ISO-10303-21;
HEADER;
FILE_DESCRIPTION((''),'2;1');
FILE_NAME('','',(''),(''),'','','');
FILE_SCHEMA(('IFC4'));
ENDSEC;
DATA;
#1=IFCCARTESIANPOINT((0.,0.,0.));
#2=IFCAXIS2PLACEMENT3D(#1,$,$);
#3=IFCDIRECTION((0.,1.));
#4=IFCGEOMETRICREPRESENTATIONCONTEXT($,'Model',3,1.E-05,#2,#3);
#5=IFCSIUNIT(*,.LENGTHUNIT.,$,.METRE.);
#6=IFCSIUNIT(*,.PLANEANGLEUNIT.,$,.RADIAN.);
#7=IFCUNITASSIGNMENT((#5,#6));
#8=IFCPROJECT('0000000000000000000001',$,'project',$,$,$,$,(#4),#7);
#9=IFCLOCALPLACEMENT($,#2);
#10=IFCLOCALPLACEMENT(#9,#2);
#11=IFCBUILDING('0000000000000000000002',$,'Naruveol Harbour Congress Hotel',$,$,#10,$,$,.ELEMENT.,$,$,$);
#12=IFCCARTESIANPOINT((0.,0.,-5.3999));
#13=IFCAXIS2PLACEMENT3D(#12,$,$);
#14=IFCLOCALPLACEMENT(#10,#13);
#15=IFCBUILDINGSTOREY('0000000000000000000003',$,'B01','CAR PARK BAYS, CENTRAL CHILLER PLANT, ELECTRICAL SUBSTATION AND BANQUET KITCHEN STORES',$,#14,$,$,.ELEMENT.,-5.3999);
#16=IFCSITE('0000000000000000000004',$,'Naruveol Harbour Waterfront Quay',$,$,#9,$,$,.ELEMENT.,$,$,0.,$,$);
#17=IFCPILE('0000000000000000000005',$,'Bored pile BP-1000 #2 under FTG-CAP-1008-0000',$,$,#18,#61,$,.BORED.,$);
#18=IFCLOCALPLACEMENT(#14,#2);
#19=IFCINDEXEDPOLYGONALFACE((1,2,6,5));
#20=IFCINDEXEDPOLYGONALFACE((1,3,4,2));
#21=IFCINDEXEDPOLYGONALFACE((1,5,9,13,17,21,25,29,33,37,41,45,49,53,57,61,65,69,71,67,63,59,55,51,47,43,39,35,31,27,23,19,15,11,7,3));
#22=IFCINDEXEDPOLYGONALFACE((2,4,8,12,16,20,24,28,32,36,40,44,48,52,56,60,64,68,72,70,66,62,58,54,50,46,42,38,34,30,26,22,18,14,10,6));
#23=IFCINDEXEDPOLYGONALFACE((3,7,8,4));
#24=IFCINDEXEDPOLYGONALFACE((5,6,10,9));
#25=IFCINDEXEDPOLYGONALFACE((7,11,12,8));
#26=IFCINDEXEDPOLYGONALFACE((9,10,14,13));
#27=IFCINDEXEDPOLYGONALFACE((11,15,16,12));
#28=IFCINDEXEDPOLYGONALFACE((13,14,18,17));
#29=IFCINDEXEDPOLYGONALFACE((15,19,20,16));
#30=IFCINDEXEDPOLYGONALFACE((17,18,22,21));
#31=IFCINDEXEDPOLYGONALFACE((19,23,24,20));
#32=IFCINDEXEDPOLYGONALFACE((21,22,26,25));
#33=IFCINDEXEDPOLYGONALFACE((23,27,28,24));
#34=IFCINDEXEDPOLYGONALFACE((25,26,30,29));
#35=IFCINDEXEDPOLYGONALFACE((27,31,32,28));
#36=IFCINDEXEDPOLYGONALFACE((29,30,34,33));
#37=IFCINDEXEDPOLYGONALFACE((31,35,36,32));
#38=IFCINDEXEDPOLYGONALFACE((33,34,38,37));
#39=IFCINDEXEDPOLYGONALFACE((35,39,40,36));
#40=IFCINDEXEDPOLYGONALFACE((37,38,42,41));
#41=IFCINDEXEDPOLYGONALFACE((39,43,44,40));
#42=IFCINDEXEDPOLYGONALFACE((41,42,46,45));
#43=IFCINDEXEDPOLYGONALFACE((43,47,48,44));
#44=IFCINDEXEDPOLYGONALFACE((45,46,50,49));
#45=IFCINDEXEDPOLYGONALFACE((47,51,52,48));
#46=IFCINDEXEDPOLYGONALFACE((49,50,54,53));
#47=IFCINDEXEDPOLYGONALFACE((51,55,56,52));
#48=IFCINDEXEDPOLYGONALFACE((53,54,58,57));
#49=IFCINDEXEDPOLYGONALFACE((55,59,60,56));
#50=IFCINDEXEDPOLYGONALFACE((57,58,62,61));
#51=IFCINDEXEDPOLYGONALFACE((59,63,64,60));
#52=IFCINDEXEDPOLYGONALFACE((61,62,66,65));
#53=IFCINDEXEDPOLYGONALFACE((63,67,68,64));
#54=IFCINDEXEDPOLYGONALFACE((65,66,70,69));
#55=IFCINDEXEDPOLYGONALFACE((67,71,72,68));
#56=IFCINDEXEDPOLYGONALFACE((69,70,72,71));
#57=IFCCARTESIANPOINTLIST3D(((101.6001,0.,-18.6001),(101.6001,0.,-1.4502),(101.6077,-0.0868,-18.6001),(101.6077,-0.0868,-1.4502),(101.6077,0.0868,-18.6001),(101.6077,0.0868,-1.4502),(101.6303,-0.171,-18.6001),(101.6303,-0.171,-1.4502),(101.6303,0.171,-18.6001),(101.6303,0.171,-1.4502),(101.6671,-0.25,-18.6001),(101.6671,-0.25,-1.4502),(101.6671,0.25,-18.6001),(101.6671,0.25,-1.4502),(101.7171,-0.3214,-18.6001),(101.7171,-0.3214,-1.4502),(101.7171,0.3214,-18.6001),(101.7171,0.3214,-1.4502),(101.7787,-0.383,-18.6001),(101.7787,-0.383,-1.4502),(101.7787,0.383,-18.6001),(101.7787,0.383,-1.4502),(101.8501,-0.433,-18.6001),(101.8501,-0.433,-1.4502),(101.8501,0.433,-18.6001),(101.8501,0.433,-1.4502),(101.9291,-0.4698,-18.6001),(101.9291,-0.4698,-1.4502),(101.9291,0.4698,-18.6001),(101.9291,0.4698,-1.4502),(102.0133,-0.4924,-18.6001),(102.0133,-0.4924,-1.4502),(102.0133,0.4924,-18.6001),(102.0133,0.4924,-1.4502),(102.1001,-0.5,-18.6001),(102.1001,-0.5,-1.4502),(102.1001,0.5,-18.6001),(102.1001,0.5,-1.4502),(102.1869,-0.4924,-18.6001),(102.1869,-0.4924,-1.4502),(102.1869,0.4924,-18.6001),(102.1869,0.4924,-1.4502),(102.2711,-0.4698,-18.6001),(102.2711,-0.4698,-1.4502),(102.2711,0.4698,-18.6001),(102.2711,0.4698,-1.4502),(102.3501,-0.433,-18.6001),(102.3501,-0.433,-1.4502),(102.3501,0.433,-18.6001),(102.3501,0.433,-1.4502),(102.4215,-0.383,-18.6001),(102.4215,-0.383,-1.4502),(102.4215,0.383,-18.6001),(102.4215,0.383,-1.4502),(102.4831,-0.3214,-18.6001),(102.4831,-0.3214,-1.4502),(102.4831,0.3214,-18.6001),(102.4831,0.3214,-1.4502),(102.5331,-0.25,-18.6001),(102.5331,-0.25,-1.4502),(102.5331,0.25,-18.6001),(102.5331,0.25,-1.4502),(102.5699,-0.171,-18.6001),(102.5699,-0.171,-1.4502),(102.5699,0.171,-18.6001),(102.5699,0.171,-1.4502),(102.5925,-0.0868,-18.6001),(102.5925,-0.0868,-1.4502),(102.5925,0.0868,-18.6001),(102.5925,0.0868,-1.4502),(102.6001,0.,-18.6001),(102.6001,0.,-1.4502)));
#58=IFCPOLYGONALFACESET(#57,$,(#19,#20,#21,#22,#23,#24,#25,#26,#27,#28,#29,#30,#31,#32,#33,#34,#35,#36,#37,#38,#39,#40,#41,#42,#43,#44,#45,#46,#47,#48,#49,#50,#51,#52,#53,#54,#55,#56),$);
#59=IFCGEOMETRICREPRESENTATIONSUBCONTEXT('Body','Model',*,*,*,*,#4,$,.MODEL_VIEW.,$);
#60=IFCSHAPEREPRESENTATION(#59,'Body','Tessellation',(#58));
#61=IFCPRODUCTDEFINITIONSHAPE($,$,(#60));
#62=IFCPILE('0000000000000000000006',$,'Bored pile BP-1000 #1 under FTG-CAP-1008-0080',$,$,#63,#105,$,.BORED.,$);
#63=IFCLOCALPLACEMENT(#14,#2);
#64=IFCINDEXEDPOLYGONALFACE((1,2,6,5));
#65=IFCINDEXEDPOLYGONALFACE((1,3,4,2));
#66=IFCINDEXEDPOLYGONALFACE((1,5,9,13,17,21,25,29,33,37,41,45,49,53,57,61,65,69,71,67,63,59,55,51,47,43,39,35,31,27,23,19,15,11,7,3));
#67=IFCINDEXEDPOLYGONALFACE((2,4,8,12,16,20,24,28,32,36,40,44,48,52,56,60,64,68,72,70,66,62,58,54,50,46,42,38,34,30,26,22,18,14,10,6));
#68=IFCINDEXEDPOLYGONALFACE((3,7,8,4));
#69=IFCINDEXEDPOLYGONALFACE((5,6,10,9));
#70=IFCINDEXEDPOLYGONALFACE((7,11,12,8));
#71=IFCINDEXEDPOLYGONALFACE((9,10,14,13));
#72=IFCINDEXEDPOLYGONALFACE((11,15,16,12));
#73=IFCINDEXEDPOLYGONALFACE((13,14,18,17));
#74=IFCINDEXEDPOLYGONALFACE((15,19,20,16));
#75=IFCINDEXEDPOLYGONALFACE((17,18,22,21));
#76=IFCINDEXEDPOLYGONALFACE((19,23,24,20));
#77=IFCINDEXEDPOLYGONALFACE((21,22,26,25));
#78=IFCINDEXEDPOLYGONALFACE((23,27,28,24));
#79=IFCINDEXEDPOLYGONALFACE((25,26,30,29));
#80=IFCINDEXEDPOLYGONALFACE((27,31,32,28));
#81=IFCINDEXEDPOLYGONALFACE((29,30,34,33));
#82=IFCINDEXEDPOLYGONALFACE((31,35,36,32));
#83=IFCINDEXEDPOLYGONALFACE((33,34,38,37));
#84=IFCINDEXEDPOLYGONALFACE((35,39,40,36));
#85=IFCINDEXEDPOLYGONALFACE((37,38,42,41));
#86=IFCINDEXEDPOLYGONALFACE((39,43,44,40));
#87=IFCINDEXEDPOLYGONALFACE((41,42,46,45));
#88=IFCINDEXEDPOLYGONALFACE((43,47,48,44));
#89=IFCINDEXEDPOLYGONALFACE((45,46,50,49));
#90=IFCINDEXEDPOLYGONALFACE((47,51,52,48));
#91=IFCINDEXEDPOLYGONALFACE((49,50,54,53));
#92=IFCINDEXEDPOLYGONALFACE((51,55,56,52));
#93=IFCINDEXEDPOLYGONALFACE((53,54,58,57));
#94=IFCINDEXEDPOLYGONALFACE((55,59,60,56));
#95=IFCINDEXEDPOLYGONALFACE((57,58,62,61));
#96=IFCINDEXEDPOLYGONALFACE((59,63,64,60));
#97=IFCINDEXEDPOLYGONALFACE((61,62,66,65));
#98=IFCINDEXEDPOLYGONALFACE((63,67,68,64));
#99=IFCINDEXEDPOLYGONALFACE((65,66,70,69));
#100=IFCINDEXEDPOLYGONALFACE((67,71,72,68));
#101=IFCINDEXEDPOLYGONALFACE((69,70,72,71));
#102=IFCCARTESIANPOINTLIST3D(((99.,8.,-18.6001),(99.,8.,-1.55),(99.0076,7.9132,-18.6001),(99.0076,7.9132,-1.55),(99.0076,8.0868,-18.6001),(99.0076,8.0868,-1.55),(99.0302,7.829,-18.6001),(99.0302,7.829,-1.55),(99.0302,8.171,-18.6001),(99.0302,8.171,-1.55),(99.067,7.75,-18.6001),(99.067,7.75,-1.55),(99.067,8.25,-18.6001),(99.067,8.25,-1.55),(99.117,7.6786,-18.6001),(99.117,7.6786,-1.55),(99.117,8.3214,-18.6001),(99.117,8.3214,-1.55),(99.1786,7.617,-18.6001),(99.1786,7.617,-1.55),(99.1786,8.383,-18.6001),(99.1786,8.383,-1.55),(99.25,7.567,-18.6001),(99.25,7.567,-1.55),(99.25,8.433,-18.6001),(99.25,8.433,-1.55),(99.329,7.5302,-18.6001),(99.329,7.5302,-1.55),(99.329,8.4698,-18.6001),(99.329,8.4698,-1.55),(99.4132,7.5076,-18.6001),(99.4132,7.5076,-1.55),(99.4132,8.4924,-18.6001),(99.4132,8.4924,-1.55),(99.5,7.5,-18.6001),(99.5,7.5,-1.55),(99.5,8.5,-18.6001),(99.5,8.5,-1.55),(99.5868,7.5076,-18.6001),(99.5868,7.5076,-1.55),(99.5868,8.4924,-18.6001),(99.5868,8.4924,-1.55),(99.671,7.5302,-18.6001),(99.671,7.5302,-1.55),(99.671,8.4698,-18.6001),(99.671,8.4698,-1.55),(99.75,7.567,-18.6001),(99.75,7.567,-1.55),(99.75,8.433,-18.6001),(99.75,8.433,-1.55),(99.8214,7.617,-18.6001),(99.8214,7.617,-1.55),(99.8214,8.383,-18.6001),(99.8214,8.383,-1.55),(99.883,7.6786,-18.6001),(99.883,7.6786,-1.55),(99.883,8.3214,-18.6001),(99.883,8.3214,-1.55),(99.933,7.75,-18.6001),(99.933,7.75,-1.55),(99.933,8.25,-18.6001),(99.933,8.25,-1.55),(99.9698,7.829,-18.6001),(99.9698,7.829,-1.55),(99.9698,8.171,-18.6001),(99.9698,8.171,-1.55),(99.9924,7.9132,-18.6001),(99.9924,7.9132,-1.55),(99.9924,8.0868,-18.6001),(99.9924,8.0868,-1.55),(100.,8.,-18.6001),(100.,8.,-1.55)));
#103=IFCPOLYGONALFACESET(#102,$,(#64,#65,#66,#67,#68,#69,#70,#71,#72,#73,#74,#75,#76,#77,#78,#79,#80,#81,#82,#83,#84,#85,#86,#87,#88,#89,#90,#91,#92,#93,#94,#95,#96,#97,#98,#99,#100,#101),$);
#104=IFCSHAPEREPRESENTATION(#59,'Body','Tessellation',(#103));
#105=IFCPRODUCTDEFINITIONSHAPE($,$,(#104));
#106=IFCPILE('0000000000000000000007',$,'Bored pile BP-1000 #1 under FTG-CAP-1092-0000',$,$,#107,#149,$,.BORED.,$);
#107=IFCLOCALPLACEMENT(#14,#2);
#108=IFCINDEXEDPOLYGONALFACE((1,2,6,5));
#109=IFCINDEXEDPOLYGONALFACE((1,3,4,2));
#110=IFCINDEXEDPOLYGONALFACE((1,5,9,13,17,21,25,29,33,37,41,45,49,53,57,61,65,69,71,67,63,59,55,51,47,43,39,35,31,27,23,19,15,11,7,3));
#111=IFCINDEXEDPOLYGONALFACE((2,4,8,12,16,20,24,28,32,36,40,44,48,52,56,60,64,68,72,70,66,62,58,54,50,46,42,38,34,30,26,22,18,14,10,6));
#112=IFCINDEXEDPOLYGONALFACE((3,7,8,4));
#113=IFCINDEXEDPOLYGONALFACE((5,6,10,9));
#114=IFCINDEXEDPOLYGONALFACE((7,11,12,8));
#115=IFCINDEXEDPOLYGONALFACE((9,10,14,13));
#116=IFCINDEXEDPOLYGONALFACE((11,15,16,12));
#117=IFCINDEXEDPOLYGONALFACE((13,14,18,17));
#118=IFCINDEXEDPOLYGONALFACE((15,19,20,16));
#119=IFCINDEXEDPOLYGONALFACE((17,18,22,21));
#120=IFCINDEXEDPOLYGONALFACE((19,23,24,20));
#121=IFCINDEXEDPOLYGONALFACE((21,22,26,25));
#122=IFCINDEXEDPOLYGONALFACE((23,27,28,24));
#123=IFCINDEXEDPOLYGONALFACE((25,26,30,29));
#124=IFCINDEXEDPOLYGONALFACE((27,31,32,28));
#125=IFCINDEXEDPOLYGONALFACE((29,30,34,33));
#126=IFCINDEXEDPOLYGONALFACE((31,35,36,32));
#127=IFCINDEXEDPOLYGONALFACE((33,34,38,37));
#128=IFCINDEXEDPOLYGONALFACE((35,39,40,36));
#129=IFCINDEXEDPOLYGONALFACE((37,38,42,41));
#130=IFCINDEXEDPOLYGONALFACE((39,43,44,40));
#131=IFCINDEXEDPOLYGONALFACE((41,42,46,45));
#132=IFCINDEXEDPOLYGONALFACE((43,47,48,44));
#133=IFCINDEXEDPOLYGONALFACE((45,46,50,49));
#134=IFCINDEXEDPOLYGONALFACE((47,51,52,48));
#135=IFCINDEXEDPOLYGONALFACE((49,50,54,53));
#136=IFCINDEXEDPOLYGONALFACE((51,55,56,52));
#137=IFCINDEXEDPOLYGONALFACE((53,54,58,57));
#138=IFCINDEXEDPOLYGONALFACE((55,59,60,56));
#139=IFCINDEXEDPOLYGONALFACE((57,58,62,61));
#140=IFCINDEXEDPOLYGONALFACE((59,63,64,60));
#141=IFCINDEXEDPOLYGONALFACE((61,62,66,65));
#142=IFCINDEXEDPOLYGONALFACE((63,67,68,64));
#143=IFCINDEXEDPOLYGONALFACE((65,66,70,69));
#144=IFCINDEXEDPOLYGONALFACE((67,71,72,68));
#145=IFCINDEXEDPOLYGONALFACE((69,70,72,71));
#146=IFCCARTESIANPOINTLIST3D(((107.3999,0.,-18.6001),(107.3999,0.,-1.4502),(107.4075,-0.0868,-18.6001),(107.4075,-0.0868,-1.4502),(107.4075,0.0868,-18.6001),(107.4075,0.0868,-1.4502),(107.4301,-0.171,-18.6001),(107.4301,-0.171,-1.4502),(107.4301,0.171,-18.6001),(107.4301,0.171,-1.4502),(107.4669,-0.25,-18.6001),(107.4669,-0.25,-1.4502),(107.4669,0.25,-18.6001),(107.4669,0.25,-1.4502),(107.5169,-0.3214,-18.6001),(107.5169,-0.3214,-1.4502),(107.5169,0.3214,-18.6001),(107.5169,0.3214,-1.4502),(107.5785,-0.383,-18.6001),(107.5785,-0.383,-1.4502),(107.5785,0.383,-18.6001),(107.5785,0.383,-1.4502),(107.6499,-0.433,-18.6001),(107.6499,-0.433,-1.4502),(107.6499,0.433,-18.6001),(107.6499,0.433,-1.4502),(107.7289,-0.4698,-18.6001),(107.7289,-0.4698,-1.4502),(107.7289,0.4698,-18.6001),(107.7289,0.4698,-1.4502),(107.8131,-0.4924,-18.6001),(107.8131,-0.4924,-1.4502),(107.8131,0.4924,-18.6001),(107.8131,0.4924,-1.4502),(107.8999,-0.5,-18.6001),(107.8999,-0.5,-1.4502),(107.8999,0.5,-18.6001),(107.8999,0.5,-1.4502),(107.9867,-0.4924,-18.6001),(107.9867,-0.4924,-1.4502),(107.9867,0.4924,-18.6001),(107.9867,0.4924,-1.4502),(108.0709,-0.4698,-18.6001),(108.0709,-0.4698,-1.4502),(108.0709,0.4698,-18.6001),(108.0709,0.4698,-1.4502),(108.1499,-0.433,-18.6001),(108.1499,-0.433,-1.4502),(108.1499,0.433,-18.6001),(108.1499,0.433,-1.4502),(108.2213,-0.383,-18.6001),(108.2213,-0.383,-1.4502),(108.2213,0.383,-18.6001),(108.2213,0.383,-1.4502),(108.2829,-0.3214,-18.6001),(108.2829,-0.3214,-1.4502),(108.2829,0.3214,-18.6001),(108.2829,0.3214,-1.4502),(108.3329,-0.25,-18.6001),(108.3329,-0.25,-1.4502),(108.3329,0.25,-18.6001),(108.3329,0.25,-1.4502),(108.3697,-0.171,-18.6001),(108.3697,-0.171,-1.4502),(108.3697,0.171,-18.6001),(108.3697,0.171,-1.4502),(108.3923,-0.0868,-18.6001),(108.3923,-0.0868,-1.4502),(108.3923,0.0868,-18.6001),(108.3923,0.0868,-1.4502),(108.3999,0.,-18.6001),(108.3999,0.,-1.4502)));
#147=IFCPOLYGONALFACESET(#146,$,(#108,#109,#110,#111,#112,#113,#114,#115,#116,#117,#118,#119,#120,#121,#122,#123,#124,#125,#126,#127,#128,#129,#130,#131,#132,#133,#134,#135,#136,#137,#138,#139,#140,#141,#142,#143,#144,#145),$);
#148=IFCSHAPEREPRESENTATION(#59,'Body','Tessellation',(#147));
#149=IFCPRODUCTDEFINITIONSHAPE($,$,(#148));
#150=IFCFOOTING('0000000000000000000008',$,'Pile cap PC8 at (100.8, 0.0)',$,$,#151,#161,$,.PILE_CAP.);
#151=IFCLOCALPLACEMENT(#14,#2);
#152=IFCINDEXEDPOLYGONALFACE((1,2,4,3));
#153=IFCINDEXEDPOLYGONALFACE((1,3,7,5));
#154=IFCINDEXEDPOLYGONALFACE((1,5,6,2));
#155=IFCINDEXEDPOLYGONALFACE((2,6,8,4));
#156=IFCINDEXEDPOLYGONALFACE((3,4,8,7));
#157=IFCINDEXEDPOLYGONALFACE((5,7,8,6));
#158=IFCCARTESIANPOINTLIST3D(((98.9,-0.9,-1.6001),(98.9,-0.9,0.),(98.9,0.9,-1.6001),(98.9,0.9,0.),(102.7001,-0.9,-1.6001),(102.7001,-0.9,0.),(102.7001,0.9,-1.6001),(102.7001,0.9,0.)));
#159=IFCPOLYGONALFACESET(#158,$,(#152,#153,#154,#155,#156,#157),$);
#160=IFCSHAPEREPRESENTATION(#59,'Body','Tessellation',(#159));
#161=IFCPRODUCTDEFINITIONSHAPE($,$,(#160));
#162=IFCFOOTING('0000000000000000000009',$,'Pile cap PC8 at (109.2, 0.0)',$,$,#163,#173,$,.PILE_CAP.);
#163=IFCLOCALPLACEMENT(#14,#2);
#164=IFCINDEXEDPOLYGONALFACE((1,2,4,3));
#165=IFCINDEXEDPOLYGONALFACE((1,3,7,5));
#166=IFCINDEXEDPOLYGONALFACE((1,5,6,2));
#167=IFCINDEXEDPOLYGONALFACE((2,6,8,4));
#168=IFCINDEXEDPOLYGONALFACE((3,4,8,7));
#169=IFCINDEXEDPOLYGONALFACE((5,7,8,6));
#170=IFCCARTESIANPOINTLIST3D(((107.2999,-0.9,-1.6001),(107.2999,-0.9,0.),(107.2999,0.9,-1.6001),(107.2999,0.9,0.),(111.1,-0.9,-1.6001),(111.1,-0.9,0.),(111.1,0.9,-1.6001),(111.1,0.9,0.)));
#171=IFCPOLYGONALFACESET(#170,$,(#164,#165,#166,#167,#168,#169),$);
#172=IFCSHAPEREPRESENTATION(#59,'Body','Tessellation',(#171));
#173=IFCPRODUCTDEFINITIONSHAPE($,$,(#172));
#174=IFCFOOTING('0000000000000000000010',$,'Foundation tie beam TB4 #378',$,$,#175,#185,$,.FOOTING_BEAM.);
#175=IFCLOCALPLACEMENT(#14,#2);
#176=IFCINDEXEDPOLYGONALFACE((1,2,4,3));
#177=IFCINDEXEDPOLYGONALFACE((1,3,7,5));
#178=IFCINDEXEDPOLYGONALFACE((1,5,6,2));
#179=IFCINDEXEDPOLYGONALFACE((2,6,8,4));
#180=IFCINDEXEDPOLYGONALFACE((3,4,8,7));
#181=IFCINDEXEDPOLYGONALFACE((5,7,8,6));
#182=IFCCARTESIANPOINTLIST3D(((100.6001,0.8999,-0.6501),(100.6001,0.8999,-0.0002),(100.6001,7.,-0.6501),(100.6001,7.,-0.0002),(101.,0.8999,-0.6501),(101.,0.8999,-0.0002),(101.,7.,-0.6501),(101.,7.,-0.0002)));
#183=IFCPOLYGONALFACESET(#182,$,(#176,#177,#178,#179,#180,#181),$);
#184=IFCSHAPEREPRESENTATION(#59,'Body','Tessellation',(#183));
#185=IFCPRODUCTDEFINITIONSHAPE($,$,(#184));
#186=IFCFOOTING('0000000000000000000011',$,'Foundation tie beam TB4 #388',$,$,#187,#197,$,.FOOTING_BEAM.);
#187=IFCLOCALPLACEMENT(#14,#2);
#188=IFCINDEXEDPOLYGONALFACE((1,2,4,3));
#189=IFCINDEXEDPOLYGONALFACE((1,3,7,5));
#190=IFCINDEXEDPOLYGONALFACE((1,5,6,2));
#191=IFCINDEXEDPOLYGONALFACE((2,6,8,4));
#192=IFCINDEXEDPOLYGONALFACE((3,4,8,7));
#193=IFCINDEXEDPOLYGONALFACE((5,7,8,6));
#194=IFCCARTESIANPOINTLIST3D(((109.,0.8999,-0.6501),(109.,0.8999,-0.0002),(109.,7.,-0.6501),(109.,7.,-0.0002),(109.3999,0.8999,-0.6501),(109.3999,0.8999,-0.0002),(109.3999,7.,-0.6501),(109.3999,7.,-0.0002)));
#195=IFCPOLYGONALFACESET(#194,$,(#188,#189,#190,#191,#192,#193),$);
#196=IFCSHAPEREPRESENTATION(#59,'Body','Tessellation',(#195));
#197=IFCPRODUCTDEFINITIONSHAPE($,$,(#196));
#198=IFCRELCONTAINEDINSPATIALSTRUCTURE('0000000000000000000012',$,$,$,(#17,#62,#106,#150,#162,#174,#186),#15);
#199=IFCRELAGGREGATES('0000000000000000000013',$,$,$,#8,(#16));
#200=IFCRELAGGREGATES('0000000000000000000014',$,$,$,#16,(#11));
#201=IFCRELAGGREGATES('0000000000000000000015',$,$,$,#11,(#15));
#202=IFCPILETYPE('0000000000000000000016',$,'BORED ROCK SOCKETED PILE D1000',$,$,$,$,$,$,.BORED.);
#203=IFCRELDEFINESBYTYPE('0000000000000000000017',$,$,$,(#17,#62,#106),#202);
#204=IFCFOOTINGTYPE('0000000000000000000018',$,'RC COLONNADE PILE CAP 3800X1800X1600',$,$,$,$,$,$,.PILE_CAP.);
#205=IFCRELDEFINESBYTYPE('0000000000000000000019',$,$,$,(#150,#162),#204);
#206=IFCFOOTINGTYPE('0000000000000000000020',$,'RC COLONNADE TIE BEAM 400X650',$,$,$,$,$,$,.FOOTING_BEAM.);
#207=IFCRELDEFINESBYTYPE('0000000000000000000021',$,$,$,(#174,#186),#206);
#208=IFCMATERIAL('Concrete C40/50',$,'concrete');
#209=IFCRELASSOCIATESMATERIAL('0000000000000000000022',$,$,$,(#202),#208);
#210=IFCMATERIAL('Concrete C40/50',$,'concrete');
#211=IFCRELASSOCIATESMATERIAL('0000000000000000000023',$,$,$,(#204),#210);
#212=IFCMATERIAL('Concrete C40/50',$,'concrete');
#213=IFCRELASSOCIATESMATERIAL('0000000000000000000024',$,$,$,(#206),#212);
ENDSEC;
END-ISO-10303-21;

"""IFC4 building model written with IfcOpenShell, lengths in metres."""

from ifc_helpers import new_model, si_unit, direction, frame, origin, origin_2d, place, context, subcontext, project, spatial, rectangle, circle, extrude, material, material_profile, profile_set, type_object, element, save


model = new_model("IFC4")

# Units and contexts
model_context = context("Model", 3, precision=1e-05, world=origin(), true_north=direction((0.0, 1.0)))
body_context = subcontext(model_context, "Body", "Model", "MODEL_VIEW")
ifc_project = project(units=[si_unit("LENGTHUNIT", "METRE"), si_unit("PLANEANGLEUNIT", "RADIAN")], contexts=[model_context])

# Site, building, storey
site_placement = place(None, origin())
site = spatial("IfcSite", under=ifc_project, at=site_placement, Name="Naruveol Harbour Waterfront Quay", CompositionType="ELEMENT", RefElevation=0.0)
building_placement = place(site_placement, origin())
building = spatial("IfcBuilding", under=site, at=building_placement, Name="Naruveol Harbour Congress Hotel", CompositionType="ELEMENT")
storey_placement = place(building_placement, frame((0.0, 0.0, -5.3999)))
storey = spatial("IfcBuildingStorey", under=building, at=storey_placement, Name="B01", Description="CAR PARK BAYS, CENTRAL CHILLER PLANT, ELECTRICAL SUBSTATION AND BANQUET KITCHEN STORES", CompositionType="ELEMENT", Elevation=-5.3999)

# Piles
ifc_material_1 = material(Name="Concrete C40/50", Category="concrete")
ifc_material_profile_1 = material_profile(ifc_material_1, circle(Radius=0.5, at=origin_2d()), Name="BP-1000")
ifc_profile_set_1 = profile_set([ifc_material_profile_1], Name="Concrete C40/50")
pile_type = type_object("IfcPileType", Name="BORED ROCK SOCKETED PILE D1000", PredefinedType="BORED", material=ifc_profile_set_1)
pile_1_placement = place(storey_placement, frame((102.1001, 0.0, -1.4502), z_axis=(0.0, 0.0, -1.0), x_axis=(1.0, 0.0, 0.0)))
element("IfcPile", 1, at=pile_1_placement, inside=storey, type_object=pile_type, Name="Bored pile BP-1000 #2 under FTG-CAP-1008-0000", PredefinedType="BORED", context=body_context, shape_type="SweptSolid", body=[
    extrude(circle(Radius=0.5, at=origin_2d()), origin(), (0.0, 0.0, 1.0), 17.1499),
])
pile_2_placement = place(storey_placement, frame((99.5, 8.0, -1.55), z_axis=(0.0, 0.0, -1.0), x_axis=(1.0, 0.0, 0.0)))
element("IfcPile", 2, at=pile_2_placement, inside=storey, type_object=pile_type, Name="Bored pile BP-1000 #1 under FTG-CAP-1008-0080", PredefinedType="BORED", context=body_context, shape_type="SweptSolid", body=[
    extrude(circle(Radius=0.5, at=origin_2d()), origin(), (0.0, 0.0, 1.0), 17.05),
])
pile_3_placement = place(storey_placement, frame((107.8999, 0.0, -1.4502), z_axis=(0.0, 0.0, -1.0), x_axis=(1.0, 0.0, 0.0)))
element("IfcPile", 3, at=pile_3_placement, inside=storey, type_object=pile_type, Name="Bored pile BP-1000 #1 under FTG-CAP-1092-0000", PredefinedType="BORED", context=body_context, shape_type="SweptSolid", body=[
    extrude(circle(Radius=0.5, at=origin_2d()), origin(), (0.0, 0.0, 1.0), 17.1499),
])

# Footings
ifc_material_2 = material(Name="Concrete C40/50", Category="concrete")
footing_type_1 = type_object("IfcFootingType", Name="RC COLONNADE PILE CAP 3800X1800X1600", PredefinedType="PILE_CAP", material=ifc_material_2)
for number, where, z_axis, x_axis, name in (
    (4, (100.8, 0.0, -1.6001), (0.0, 0.0, 1.0), (1.0, 0.0, 0.0), "Pile cap PC8 at (100.8, 0.0)"),
    (5, (109.2, 0.0, -1.6001), (0.0, 0.0, 1.0), (1.0, 0.0, 0.0), "Pile cap PC8 at (109.2, 0.0)"),
):
    element("IfcFooting", number, at=place(storey_placement, frame(where, z_axis=z_axis, x_axis=x_axis)), inside=storey, type_object=footing_type_1, Name=name, PredefinedType="PILE_CAP", context=body_context, shape_type="SweptSolid", body=[
        extrude(rectangle(XDim=3.8, YDim=1.8, at=origin_2d()), origin(), (0.0, 0.0, 1.0), 1.6001),
    ])
ifc_material_3 = material(Name="Concrete C40/50", Category="concrete")
ifc_material_profile_2 = material_profile(ifc_material_3, rectangle(XDim=0.3999, YDim=0.6499, at=origin_2d()), Name="RCB-400x650")
ifc_profile_set_2 = profile_set([ifc_material_profile_2], Name="Concrete C40/50")
footing_type_2 = type_object("IfcFootingType", Name="RC COLONNADE TIE BEAM 400X650", PredefinedType="FOOTING_BEAM", material=ifc_profile_set_2)
for number, where, z_axis, x_axis, name in (
    (6, (100.8, 0.8999, -0.3252), (0.0, 1.0, 0.0), (-1.0, 0.0, 0.0), "Foundation tie beam TB4 #378"),
    (7, (109.2, 0.8999, -0.3252), (0.0, 1.0, 0.0), (-1.0, 0.0, 0.0), "Foundation tie beam TB4 #388"),
):
    element("IfcFooting", number, at=place(storey_placement, frame(where, z_axis=z_axis, x_axis=x_axis)), inside=storey, type_object=footing_type_2, Name=name, PredefinedType="FOOTING_BEAM", context=body_context, shape_type="SweptSolid", body=[
        extrude(rectangle(XDim=0.3999, YDim=0.6499, at=origin_2d()), origin(), (0.0, 0.0, 1.0), 6.1001),
    ])

save(model, "model.ifc")
